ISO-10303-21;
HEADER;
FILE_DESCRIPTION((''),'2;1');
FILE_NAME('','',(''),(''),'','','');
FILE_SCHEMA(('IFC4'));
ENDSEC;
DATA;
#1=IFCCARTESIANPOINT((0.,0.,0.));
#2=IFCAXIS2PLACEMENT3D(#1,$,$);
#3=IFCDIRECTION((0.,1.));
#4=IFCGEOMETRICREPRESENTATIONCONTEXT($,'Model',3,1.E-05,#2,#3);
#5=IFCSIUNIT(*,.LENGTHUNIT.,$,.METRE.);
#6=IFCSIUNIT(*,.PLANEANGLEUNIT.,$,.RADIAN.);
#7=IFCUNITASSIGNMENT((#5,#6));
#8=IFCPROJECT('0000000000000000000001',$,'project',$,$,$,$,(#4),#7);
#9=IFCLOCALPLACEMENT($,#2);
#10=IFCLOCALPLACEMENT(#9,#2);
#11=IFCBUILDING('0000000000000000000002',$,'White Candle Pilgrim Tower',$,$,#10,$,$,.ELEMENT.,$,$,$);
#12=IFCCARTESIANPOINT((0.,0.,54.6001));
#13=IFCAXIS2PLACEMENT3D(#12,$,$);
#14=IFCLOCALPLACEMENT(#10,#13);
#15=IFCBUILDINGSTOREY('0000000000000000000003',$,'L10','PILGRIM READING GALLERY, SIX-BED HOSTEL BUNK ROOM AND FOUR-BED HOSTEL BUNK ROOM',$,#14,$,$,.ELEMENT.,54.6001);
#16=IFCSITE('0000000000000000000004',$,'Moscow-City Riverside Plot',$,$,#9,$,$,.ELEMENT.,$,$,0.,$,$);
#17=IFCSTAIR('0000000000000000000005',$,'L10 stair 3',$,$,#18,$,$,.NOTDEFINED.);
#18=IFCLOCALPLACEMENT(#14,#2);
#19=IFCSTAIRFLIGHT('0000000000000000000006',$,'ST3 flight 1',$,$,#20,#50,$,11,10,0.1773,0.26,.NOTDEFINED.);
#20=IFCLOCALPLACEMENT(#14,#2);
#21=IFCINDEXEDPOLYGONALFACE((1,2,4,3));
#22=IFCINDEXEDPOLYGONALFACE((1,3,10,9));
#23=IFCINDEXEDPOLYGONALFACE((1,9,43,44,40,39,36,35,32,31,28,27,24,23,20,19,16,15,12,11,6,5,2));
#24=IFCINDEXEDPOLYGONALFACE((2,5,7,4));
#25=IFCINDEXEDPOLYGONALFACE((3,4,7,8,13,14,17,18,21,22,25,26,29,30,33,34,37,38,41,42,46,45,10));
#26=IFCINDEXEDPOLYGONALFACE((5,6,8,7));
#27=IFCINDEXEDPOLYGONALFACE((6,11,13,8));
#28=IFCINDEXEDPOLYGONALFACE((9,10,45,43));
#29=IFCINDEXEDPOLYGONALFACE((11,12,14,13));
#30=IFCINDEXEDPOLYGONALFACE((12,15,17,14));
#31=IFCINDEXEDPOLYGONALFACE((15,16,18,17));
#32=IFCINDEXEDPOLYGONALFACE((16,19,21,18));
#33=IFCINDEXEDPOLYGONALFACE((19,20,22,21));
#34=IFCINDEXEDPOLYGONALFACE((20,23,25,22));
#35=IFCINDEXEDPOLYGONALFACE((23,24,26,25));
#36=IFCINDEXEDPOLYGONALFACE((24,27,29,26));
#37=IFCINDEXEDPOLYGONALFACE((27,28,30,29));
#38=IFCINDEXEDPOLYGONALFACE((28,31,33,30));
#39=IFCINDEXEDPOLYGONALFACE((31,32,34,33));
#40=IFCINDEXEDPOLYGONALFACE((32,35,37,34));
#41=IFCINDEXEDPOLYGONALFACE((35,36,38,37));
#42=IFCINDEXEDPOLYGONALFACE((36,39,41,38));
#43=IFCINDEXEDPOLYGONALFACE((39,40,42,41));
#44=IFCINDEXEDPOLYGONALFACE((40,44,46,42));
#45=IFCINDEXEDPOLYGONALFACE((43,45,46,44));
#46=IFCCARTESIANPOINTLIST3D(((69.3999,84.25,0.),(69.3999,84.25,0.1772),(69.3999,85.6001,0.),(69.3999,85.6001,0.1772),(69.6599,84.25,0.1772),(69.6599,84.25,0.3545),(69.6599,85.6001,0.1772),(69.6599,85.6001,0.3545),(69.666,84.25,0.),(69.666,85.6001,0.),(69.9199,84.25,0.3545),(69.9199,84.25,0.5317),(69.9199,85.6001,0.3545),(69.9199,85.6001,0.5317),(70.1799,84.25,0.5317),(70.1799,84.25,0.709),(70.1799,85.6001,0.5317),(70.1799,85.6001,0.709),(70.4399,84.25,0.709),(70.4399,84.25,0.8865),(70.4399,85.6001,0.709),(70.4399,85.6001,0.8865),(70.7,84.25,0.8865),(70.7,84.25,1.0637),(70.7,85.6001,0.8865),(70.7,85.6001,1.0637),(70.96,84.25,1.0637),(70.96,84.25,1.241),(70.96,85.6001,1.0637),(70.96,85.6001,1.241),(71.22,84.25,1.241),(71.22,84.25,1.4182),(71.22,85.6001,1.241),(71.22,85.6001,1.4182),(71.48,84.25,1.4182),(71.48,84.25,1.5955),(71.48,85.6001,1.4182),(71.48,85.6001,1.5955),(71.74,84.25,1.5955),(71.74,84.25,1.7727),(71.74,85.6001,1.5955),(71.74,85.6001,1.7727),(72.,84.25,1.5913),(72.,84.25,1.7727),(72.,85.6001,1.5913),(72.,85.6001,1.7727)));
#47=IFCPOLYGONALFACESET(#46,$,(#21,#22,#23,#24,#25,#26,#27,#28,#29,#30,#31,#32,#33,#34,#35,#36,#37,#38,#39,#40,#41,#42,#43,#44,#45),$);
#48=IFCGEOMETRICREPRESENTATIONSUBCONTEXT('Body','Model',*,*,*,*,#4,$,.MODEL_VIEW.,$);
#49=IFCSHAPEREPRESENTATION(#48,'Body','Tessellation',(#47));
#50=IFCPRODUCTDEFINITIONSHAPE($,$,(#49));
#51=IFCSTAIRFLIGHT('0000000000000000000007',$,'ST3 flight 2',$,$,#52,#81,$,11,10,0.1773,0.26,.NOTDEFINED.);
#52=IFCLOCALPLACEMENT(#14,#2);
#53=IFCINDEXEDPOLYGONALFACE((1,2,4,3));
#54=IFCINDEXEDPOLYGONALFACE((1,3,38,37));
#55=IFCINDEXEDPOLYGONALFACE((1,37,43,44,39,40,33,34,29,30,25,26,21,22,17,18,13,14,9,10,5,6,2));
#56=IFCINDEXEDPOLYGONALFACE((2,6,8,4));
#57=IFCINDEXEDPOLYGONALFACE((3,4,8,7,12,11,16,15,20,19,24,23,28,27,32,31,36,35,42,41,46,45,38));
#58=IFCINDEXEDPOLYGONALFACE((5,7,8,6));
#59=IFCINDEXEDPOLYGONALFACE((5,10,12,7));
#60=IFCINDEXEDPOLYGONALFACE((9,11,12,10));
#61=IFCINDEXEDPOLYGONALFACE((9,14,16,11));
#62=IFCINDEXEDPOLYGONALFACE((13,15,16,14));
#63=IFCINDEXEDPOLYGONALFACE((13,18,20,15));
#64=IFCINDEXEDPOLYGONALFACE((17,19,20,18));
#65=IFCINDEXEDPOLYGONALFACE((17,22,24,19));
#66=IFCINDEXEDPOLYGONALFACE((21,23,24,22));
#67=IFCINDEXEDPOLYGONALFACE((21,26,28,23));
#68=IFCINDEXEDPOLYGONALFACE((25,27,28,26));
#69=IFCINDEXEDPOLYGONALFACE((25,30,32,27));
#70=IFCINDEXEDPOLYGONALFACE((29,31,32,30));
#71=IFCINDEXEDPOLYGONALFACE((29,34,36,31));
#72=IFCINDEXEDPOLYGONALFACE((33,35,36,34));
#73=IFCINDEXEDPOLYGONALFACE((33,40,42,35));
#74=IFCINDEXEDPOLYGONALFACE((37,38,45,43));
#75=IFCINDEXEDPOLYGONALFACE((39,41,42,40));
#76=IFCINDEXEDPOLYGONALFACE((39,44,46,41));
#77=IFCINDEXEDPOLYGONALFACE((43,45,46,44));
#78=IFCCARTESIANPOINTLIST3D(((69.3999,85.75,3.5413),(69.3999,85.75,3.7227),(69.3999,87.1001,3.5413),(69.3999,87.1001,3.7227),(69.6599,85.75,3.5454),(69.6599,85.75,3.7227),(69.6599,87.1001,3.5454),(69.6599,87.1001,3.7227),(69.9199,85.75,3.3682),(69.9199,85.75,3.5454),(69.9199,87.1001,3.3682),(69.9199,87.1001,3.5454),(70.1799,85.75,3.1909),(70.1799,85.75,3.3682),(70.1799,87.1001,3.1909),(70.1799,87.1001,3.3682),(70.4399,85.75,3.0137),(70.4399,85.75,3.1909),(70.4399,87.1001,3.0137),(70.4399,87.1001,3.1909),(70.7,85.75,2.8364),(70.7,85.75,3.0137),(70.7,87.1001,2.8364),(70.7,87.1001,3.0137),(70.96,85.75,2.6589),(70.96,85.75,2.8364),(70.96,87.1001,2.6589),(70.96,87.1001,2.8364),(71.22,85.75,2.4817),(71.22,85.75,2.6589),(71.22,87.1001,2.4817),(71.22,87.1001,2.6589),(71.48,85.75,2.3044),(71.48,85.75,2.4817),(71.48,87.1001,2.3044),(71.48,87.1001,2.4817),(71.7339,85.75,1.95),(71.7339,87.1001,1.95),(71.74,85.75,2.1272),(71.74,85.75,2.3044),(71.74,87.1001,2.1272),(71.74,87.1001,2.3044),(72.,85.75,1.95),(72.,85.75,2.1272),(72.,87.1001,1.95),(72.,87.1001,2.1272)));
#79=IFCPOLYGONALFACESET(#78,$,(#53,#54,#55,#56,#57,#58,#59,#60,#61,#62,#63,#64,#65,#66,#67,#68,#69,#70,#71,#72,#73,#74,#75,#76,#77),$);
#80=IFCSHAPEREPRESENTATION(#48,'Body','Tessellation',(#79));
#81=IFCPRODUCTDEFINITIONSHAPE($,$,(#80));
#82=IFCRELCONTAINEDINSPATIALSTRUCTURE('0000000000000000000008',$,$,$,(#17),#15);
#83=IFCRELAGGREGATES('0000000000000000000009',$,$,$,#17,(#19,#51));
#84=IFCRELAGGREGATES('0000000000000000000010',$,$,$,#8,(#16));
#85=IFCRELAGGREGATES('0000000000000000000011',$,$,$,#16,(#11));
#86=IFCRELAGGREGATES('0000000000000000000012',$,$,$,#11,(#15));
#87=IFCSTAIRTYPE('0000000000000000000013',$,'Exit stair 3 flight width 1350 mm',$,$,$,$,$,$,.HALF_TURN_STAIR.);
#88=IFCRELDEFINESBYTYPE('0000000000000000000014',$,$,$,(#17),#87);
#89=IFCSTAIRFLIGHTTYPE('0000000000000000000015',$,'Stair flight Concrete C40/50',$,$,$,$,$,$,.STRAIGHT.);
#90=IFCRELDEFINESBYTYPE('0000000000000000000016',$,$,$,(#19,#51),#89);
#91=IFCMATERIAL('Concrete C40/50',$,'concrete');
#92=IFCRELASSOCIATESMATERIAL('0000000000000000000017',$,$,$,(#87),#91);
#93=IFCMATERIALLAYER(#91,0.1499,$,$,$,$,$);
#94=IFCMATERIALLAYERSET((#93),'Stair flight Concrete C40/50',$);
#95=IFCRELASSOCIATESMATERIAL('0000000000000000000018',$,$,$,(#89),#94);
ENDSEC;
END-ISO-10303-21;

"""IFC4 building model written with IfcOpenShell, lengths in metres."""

from ifc_helpers import new_model, si_unit, direction, frame, origin, place, context, subcontext, project, spatial, polyline, outline, extrude, material, layer, layer_set, type_object, element, aggregate, save


model = new_model("IFC4")

# Units and contexts
model_context = context("Model", 3, precision=1e-05, world=origin(), true_north=direction((0.0, 1.0)))
body_context = subcontext(model_context, "Body", "Model", "MODEL_VIEW")
ifc_project = project(units=[si_unit("LENGTHUNIT", "METRE"), si_unit("PLANEANGLEUNIT", "RADIAN")], contexts=[model_context])

# Site, building, storey
site_placement = place(None, origin())
site = spatial("IfcSite", under=ifc_project, at=site_placement, Name="Moscow-City Riverside Plot", CompositionType="ELEMENT", RefElevation=0.0)
building_placement = place(site_placement, origin())
building = spatial("IfcBuilding", under=site, at=building_placement, Name="White Candle Pilgrim Tower", CompositionType="ELEMENT")
storey_placement = place(building_placement, frame((0.0, 0.0, 54.6001)))
storey = spatial("IfcBuildingStorey", under=building, at=storey_placement, Name="L10", Description="PILGRIM READING GALLERY, SIX-BED HOSTEL BUNK ROOM AND FOUR-BED HOSTEL BUNK ROOM", CompositionType="ELEMENT", Elevation=54.6001)

# Stair, stair flights
ifc_material_1 = material(Name="Concrete C40/50", Category="concrete")
stair_type = type_object("IfcStairType", Name="Exit stair 3 flight width 1350 mm", PredefinedType="HALF_TURN_STAIR", material=ifc_material_1)
stair_placement = place(storey_placement, origin())
stair = element("IfcStair", 1, at=stair_placement, inside=storey, type_object=stair_type, Name="L10 stair 3", PredefinedType="NOTDEFINED")
ifc_layer_1 = layer(ifc_material_1, 0.1499)
ifc_layer_set_1 = layer_set([ifc_layer_1], Name="Stair flight Concrete C40/50")
stair_flight_type = type_object("IfcStairFlightType", Name="Stair flight Concrete C40/50", PredefinedType="STRAIGHT", material=ifc_layer_set_1)
stair_flight_1_placement = place(storey_placement, frame((69.3999, 84.925, 0.0), z_axis=(0.0, 0.0, 1.0), x_axis=(1.0, 0.0, 0.0)))
stair_flight_1 = element("IfcStairFlight", 2, at=stair_flight_1_placement, type_object=stair_flight_type, Name="ST3 flight 1", NumberOfRisers=11, NumberOfTreads=10, PredefinedType="NOTDEFINED", RiserHeight=0.1773, TreadLength=0.26, context=body_context, shape_type="SweptSolid", body=[
    extrude(outline(polyline([(0.0, 0.0), (0.0, 0.1772), (0.26, 0.1772), (0.26, 0.3545), (0.52, 0.3545), (0.52, 0.5317), (0.78, 0.5317), (0.78, 0.709), (1.04, 0.709), (1.04, 0.8865), (1.3, 0.8865), (1.3, 1.0637), (1.5601, 1.0637), (1.5601, 1.241), (1.8201, 1.241), (1.8201, 1.4182), (2.0801, 1.4182), (2.0801, 1.5955), (2.3401, 1.5955), (2.3401, 1.7727), (2.6001, 1.7727), (2.6001, 1.95), (2.6001, 1.5913), (0.2661, 0.0), (0.0, 0.0)])), frame((0.0, 0.675, 0.0), z_axis=(0.0, -1.0, 0.0), x_axis=(1.0, 0.0, 0.0)), (0.0, 0.0, 1.0), 1.3501),
])
stair_flight_2_placement = place(storey_placement, frame((72.0, 86.425, 1.95), z_axis=(0.0, 0.0, 1.0), x_axis=(-1.0, 0.0, 0.0)))
stair_flight_2 = element("IfcStairFlight", 3, at=stair_flight_2_placement, type_object=stair_flight_type, Name="ST3 flight 2", NumberOfRisers=11, NumberOfTreads=10, PredefinedType="NOTDEFINED", RiserHeight=0.1773, TreadLength=0.26, context=body_context, shape_type="SweptSolid", body=[
    extrude(outline(polyline([(0.0, 0.0), (0.0, 0.1772), (0.26, 0.1772), (0.26, 0.3545), (0.52, 0.3545), (0.52, 0.5317), (0.78, 0.5317), (0.78, 0.709), (1.04, 0.709), (1.04, 0.8865), (1.3, 0.8865), (1.3, 1.0637), (1.5601, 1.0637), (1.5601, 1.241), (1.8201, 1.241), (1.8201, 1.4182), (2.0801, 1.4182), (2.0801, 1.5955), (2.3401, 1.5955), (2.3401, 1.7727), (2.6001, 1.7727), (2.6001, 1.95), (2.6001, 1.5913), (0.2661, 0.0), (0.0, 0.0)])), frame((0.0, 0.675, 0.0), z_axis=(0.0, -1.0, 0.0), x_axis=(1.0, 0.0, 0.0)), (0.0, 0.0, 1.0), 1.3501),
])
aggregate(stair, [stair_flight_1, stair_flight_2])

save(model, "model.ifc")
